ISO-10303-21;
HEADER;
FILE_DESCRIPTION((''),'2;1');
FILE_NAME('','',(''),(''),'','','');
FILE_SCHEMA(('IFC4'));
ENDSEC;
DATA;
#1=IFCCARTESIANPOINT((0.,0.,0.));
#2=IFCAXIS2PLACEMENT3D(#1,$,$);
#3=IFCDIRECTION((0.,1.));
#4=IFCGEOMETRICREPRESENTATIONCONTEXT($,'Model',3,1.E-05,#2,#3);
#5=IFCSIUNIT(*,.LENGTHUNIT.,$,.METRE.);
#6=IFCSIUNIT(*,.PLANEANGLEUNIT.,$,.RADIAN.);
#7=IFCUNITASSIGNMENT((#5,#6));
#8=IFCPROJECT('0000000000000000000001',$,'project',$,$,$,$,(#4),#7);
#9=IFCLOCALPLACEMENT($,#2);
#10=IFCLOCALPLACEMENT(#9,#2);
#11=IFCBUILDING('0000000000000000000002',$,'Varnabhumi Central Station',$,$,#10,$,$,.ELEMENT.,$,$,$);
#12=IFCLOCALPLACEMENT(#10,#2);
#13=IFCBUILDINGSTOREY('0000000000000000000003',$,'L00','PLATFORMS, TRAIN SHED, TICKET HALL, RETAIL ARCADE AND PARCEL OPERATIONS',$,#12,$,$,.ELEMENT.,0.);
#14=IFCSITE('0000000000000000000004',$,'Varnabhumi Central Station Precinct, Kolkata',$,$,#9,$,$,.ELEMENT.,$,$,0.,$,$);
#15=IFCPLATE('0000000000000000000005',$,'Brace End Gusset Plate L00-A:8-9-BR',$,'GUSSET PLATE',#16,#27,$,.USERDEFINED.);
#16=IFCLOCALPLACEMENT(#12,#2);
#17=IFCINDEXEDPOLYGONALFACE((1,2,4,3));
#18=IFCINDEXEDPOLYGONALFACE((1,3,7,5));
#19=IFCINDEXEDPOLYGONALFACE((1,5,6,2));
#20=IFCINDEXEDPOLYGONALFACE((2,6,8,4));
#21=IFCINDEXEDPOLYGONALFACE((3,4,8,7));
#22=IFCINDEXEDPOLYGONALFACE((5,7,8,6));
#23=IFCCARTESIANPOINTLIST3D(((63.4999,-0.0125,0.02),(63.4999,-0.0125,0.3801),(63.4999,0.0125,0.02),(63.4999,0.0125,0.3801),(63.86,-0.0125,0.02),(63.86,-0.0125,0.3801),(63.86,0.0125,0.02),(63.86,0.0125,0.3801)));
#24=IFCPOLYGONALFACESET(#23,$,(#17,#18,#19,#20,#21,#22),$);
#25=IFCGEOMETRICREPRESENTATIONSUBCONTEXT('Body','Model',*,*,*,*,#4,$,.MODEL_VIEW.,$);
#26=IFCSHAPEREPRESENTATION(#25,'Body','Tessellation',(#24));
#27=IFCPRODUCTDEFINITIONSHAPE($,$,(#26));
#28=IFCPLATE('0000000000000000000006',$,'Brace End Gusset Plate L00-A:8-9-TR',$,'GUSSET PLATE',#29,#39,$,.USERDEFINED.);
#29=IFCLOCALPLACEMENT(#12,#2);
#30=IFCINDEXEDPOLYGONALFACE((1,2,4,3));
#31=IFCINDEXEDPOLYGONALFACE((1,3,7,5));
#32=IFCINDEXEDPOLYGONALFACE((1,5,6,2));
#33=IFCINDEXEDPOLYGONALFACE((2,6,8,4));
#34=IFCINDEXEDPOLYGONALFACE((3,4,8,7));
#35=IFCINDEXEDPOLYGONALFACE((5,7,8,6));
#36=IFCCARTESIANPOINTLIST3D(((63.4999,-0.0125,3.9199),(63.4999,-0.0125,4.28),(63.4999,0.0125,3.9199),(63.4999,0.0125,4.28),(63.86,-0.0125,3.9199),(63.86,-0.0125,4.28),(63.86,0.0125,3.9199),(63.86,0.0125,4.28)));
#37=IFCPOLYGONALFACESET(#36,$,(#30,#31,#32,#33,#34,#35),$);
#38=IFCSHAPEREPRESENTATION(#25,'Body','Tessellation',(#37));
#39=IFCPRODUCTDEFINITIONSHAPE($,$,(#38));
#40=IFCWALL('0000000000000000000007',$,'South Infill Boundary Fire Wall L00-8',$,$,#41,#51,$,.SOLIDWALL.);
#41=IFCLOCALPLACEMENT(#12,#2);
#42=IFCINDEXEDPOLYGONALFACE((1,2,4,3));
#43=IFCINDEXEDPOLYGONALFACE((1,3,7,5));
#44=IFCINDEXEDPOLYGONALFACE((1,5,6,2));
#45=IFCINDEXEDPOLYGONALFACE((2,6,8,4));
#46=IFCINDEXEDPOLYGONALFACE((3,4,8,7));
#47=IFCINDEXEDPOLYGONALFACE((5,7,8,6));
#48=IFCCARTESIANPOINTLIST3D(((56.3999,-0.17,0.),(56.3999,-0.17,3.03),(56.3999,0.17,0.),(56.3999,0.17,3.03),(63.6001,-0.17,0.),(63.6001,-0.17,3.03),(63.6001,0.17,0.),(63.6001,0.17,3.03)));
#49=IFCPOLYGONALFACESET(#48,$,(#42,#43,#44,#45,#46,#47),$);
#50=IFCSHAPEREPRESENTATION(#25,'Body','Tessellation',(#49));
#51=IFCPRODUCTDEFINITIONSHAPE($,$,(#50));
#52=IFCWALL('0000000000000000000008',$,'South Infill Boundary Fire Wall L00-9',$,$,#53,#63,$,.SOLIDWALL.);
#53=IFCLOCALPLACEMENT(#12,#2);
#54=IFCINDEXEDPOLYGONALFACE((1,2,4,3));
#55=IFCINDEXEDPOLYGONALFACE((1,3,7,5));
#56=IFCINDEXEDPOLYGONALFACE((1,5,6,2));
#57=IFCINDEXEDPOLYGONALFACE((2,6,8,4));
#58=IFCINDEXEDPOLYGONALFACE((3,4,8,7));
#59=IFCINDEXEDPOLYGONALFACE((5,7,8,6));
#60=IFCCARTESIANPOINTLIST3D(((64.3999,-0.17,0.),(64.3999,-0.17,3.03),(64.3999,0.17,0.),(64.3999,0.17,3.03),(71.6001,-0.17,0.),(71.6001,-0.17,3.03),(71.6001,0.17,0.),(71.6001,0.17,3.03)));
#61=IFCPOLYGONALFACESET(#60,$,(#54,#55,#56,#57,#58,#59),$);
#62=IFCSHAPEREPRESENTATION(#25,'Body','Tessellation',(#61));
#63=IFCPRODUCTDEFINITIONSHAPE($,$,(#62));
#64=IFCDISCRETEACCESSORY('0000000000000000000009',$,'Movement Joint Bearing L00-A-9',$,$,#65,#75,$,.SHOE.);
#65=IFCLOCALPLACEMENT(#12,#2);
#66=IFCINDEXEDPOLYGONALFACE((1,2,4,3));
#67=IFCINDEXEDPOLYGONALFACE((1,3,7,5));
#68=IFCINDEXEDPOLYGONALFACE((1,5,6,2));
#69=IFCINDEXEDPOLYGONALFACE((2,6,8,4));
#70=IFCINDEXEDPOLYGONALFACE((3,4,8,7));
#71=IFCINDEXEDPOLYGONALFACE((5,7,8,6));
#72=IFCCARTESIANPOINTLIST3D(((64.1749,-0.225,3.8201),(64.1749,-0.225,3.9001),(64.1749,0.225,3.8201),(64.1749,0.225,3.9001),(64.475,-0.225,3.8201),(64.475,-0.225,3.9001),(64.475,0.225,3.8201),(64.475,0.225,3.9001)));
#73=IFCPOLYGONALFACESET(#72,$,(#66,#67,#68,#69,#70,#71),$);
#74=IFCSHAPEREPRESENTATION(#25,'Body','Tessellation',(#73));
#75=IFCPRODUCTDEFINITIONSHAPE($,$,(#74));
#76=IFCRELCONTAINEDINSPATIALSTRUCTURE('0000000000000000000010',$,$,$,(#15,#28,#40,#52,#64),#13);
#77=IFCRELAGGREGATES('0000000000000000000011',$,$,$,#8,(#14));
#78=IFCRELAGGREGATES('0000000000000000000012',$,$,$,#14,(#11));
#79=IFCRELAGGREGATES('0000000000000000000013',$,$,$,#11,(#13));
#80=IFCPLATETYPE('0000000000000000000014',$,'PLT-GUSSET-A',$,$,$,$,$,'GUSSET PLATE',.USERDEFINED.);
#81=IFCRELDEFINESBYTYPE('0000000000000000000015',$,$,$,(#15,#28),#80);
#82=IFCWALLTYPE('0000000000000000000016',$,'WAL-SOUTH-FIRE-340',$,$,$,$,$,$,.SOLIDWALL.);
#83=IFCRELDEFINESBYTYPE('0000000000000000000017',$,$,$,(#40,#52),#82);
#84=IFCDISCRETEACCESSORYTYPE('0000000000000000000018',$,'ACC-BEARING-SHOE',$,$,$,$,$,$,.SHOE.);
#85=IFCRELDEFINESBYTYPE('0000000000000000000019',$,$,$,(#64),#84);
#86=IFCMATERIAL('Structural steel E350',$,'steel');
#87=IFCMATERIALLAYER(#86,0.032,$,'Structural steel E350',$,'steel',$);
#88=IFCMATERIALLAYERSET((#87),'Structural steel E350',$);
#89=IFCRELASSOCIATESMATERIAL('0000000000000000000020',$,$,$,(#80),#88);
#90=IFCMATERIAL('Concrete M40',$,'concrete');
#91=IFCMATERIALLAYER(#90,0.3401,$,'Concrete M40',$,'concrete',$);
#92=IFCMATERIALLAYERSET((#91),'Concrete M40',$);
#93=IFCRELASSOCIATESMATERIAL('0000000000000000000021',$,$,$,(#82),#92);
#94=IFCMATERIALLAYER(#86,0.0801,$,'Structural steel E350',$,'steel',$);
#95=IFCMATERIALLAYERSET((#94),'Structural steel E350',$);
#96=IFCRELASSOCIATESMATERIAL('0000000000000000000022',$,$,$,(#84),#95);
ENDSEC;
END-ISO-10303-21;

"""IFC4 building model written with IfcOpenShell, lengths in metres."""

from ifc_helpers import new_model, si_unit, direction, frame, frame_2d, origin, origin_2d, place, context, subcontext, project, spatial, rectangle, extrude, material, layer, layer_set, type_object, element, save


model = new_model("IFC4")

# Units and contexts
model_context = context("Model", 3, precision=1e-05, world=origin(), true_north=direction((0.0, 1.0)))
body_context = subcontext(model_context, "Body", "Model", "MODEL_VIEW")
ifc_project = project(units=[si_unit("LENGTHUNIT", "METRE"), si_unit("PLANEANGLEUNIT", "RADIAN")], contexts=[model_context])

# Site, building, storey
site_placement = place(None, origin())
site = spatial("IfcSite", under=ifc_project, at=site_placement, Name="Varnabhumi Central Station Precinct, Kolkata", CompositionType="ELEMENT", RefElevation=0.0)
building_placement = place(site_placement, origin())
building = spatial("IfcBuilding", under=site, at=building_placement, Name="Varnabhumi Central Station", CompositionType="ELEMENT")
storey_placement = place(building_placement, origin())
storey = spatial("IfcBuildingStorey", under=building, at=storey_placement, Name="L00", Description="PLATFORMS, TRAIN SHED, TICKET HALL, RETAIL ARCADE AND PARCEL OPERATIONS", CompositionType="ELEMENT", Elevation=0.0)

# Shared definitions
ifc_material_1 = material(Name="Concrete M40", Category="concrete")

# Shared definitions
ifc_material_2 = material(Name="Structural steel E350", Category="steel")

# Plates
ifc_layer_1 = layer(ifc_material_2, 0.032, Name="Structural steel E350", Category="steel")
ifc_layer_set_1 = layer_set([ifc_layer_1], Name="Structural steel E350")
plate_type = type_object("IfcPlateType", Name="PLT-GUSSET-A", ElementType="GUSSET PLATE", PredefinedType="USERDEFINED", material=ifc_layer_set_1)
for number, where, z_axis, x_axis, name in (
    (1, (63.6799, 0.0, 0.02), (0.0, 0.0, 1.0), (1.0, 0.0, 0.0), "Brace End Gusset Plate L00-A:8-9-BR"),
    (2, (63.6799, 0.0, 3.9199), (0.0, 0.0, 1.0), (1.0, 0.0, 0.0), "Brace End Gusset Plate L00-A:8-9-TR"),
):
    element("IfcPlate", number, at=place(storey_placement, frame(where, z_axis=z_axis, x_axis=x_axis)), inside=storey, type_object=plate_type, Name=name, ObjectType="GUSSET PLATE", PredefinedType="USERDEFINED", context=body_context, shape_type="SweptSolid", body=[
        extrude(rectangle(XDim=0.3601, YDim=0.0249, at=origin_2d()), origin(), (0.0, 0.0, 1.0), 0.3601),
    ])

# Walls
ifc_layer_2 = layer(ifc_material_1, 0.3401, Name="Concrete M40", Category="concrete")
ifc_layer_set_2 = layer_set([ifc_layer_2], Name="Concrete M40")
wall_type = type_object("IfcWallType", Name="WAL-SOUTH-FIRE-340", PredefinedType="SOLIDWALL", material=ifc_layer_set_2)
for number, where, z_axis, x_axis, name in (
    (3, (56.3999, 0.0, 0.0), (0.0, 0.0, 1.0), (1.0, 0.0, 0.0), "South Infill Boundary Fire Wall L00-8"),
    (4, (64.3999, 0.0, 0.0), (0.0, 0.0, 1.0), (1.0, 0.0, 0.0), "South Infill Boundary Fire Wall L00-9"),
):
    element("IfcWall", number, at=place(storey_placement, frame(where, z_axis=z_axis, x_axis=x_axis)), inside=storey, type_object=wall_type, Name=name, PredefinedType="SOLIDWALL", context=body_context, shape_type="SweptSolid", body=[
        extrude(rectangle(XDim=7.2002, YDim=0.3401, at=frame_2d((3.6001, 0.0))), origin(), (0.0, 0.0, 1.0), 3.03),
    ])

# Discrete accessory
ifc_layer_3 = layer(ifc_material_2, 0.0801, Name="Structural steel E350", Category="steel")
ifc_layer_set_3 = layer_set([ifc_layer_3], Name="Structural steel E350")
discrete_accessory_type = type_object("IfcDiscreteAccessoryType", Name="ACC-BEARING-SHOE", PredefinedType="SHOE", material=ifc_layer_set_3)
discrete_accessory_placement = place(storey_placement, frame((64.325, 0.0, 3.8201), z_axis=(0.0, 0.0, 1.0), x_axis=(1.0, 0.0, 0.0)))
element("IfcDiscreteAccessory", 5, at=discrete_accessory_placement, inside=storey, type_object=discrete_accessory_type, Name="Movement Joint Bearing L00-A-9", PredefinedType="SHOE", context=body_context, shape_type="SweptSolid", body=[
    extrude(rectangle(XDim=0.3, YDim=0.45, at=origin_2d()), origin(), (0.0, 0.0, 1.0), 0.0801),
])

save(model, "model.ifc")
